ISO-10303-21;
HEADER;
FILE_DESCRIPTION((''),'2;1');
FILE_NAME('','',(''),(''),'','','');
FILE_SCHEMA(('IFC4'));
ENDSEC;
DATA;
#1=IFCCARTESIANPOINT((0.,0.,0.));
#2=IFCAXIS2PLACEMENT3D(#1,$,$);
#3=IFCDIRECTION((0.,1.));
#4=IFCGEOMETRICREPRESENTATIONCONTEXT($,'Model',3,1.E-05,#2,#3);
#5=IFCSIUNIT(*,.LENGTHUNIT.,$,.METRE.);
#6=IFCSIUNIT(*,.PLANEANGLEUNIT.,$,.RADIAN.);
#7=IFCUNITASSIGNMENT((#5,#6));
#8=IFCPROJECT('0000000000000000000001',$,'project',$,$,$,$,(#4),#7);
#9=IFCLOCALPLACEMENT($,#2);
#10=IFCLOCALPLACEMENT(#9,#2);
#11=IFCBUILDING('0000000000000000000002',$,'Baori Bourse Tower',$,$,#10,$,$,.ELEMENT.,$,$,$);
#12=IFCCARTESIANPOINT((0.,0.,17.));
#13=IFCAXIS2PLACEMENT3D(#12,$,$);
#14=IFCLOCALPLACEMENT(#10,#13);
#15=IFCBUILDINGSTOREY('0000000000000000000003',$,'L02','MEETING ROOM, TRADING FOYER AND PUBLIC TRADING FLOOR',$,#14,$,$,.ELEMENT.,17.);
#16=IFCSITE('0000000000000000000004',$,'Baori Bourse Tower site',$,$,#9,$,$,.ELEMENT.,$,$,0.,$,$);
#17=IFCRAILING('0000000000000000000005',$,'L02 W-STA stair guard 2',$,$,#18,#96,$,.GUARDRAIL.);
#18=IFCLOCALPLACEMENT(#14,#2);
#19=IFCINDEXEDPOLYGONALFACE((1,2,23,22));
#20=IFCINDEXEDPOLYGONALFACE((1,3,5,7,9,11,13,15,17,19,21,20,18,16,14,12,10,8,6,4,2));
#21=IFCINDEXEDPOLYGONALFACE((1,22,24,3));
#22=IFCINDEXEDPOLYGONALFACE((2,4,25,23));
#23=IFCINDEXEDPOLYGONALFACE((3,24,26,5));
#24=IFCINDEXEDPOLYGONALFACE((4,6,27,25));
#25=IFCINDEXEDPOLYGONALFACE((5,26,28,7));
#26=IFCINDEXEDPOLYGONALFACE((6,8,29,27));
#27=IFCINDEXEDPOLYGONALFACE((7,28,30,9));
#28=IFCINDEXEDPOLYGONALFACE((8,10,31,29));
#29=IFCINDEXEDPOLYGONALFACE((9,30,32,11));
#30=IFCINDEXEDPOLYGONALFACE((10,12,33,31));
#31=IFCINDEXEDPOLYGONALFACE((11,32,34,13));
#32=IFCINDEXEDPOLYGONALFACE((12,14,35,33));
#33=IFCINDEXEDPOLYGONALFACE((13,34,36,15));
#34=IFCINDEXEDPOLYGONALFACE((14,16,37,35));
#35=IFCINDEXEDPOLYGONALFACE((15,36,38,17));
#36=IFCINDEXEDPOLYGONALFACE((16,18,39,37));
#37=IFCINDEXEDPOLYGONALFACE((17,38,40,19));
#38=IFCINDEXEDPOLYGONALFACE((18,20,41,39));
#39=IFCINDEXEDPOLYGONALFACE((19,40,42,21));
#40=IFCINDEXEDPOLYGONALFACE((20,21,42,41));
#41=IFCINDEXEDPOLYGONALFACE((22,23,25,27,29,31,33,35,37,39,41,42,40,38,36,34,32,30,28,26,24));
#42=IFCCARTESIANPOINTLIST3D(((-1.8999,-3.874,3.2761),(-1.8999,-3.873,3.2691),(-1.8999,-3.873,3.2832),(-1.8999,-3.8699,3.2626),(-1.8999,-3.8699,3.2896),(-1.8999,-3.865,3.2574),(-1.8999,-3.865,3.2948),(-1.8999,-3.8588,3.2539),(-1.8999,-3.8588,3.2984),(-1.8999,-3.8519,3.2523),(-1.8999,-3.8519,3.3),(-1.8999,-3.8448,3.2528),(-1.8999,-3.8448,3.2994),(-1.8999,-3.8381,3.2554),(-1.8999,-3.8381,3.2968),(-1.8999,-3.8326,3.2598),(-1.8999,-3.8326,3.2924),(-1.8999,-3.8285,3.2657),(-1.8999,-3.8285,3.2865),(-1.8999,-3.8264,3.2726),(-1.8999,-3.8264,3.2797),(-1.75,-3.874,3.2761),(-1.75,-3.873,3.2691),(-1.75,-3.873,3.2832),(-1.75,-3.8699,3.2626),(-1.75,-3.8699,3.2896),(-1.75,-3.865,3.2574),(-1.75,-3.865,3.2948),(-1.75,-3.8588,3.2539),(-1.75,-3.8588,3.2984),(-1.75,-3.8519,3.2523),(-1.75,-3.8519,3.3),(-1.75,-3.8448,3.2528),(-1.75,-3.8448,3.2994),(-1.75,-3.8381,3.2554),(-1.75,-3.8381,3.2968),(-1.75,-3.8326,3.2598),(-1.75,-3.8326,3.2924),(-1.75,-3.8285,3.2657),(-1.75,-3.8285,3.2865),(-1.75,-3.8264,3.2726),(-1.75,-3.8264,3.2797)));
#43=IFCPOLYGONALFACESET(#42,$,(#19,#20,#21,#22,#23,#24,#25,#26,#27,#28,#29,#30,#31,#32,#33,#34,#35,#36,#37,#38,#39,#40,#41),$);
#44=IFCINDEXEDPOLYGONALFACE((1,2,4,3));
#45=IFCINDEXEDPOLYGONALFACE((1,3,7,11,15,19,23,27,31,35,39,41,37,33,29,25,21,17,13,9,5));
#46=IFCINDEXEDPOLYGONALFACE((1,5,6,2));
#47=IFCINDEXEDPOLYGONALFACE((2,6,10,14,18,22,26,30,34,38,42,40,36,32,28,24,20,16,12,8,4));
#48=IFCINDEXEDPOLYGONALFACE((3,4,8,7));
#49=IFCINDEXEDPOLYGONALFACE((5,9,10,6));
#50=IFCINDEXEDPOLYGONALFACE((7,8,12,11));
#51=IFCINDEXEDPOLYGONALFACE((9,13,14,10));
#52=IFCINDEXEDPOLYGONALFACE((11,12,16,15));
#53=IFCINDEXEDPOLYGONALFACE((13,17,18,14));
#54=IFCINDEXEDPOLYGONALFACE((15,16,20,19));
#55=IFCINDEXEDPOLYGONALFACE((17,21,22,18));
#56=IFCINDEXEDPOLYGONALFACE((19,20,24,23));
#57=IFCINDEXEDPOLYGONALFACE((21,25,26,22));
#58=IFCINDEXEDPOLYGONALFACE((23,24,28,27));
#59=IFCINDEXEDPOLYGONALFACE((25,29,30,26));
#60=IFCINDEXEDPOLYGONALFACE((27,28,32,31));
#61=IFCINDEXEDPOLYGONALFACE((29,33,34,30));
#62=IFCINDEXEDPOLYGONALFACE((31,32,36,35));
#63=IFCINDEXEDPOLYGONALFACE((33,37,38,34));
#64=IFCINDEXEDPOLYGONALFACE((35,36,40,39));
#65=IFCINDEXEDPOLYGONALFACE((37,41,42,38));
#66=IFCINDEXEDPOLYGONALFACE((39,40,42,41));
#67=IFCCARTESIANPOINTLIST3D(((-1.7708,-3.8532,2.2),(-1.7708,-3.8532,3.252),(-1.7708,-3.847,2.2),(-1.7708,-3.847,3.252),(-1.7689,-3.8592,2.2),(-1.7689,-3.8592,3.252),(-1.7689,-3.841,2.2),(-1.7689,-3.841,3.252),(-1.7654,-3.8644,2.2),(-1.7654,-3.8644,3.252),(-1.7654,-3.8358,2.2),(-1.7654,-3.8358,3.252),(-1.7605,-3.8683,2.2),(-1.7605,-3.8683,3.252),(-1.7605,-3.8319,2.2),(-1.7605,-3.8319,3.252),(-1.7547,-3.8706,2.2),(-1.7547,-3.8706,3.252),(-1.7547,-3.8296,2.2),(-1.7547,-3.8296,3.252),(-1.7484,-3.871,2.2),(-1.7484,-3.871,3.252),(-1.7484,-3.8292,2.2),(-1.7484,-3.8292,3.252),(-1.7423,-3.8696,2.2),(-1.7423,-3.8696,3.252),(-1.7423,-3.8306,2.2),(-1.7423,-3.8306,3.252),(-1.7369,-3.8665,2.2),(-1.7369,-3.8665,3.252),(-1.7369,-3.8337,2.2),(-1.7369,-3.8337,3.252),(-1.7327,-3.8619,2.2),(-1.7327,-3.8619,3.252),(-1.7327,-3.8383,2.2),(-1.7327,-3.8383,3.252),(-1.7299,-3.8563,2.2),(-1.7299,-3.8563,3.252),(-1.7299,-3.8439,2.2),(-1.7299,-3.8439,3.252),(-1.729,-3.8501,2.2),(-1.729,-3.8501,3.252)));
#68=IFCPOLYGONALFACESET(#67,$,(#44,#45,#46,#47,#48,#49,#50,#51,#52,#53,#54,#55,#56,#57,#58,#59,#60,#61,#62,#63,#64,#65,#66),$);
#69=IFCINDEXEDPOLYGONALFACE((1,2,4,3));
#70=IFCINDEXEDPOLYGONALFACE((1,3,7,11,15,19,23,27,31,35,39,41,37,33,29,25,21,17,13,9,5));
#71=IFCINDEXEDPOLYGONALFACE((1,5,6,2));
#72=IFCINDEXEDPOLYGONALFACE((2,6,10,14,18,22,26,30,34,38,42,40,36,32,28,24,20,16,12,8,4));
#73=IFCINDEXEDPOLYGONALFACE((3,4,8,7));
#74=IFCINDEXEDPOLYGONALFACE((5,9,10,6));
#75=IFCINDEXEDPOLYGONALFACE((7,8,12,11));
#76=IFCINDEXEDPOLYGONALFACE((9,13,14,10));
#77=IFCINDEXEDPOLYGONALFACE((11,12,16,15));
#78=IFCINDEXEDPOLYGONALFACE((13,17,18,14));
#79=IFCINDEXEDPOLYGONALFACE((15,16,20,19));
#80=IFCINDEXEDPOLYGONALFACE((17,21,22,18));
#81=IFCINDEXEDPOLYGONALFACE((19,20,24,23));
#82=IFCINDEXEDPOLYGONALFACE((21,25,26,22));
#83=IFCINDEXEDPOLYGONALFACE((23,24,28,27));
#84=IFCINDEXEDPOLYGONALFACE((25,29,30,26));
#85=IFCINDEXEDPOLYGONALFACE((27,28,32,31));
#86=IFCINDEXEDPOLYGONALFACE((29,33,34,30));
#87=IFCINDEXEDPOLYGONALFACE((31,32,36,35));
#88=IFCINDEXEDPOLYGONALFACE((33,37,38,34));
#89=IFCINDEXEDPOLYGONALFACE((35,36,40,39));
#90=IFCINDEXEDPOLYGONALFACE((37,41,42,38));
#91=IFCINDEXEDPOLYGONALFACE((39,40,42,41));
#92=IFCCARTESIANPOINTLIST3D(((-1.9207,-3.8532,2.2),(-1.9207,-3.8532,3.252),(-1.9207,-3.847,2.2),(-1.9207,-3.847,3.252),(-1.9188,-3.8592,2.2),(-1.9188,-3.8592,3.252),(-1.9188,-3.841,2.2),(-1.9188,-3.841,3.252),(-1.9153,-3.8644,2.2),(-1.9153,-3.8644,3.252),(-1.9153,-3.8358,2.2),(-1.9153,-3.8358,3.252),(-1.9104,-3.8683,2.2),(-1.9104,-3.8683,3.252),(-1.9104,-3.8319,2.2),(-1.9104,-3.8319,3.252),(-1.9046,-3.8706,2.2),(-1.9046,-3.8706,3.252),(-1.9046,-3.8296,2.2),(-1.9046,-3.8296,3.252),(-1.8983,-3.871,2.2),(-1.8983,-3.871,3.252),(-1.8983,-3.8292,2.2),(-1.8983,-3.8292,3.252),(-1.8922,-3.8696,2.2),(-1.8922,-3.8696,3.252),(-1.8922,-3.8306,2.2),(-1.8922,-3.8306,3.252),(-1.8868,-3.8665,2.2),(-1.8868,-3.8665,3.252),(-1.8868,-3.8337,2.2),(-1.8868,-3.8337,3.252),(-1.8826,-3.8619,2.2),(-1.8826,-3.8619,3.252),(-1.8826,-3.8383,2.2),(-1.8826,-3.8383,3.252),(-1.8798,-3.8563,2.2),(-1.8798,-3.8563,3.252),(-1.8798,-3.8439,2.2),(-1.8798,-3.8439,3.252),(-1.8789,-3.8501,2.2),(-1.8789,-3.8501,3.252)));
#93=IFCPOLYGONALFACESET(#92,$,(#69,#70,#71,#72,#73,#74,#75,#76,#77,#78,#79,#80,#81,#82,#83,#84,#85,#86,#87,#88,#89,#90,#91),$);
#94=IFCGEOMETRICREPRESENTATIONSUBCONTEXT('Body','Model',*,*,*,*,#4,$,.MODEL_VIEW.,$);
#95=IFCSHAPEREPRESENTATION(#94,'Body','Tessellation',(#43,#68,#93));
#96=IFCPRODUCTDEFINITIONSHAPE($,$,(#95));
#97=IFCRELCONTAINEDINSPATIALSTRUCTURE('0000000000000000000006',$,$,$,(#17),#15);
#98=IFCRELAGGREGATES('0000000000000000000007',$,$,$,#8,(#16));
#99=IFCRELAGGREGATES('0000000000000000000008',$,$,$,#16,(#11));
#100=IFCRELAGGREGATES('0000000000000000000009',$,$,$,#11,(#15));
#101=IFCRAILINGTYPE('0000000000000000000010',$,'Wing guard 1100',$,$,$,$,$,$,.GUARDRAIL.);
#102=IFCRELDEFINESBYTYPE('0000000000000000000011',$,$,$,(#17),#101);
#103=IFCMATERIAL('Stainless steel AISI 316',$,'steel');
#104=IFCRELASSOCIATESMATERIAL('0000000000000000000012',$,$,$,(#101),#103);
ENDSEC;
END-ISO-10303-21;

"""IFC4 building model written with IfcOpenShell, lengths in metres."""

from ifc_helpers import new_model, si_unit, direction, frame, origin, origin_2d, place, context, subcontext, project, spatial, circle, extrude, material, type_object, element, save


model = new_model("IFC4")

# Units and contexts
model_context = context("Model", 3, precision=1e-05, world=origin(), true_north=direction((0.0, 1.0)))
body_context = subcontext(model_context, "Body", "Model", "MODEL_VIEW")
ifc_project = project(units=[si_unit("LENGTHUNIT", "METRE"), si_unit("PLANEANGLEUNIT", "RADIAN")], contexts=[model_context])

# Site, building, storey
site_placement = place(None, origin())
site = spatial("IfcSite", under=ifc_project, at=site_placement, Name="Baori Bourse Tower site", CompositionType="ELEMENT", RefElevation=0.0)
building_placement = place(site_placement, origin())
building = spatial("IfcBuilding", under=site, at=building_placement, Name="Baori Bourse Tower", CompositionType="ELEMENT")
storey_placement = place(building_placement, frame((0.0, 0.0, 17.0)))
storey = spatial("IfcBuildingStorey", under=building, at=storey_placement, Name="L02", Description="MEETING ROOM, TRADING FOYER AND PUBLIC TRADING FLOOR", CompositionType="ELEMENT", Elevation=17.0)

# Railing
ifc_material_1 = material(Name="Stainless steel AISI 316", Category="steel")
railing_type_1 = type_object("IfcRailingType", Name="Wing guard 1100", PredefinedType="GUARDRAIL", material=ifc_material_1)
railing_1_placement = place(storey_placement, frame((-1.75, -3.8501, 2.2)))
element("IfcRailing", 1, at=railing_1_placement, inside=storey, type_object=railing_type_1, Name="L02 W-STA stair guard 2", PredefinedType="GUARDRAIL", context=body_context, shape_type="SweptSolid", body=[
    extrude(circle(Radius=0.0239, at=origin_2d()), frame((0.0, 0.0, 1.0762), z_axis=(-1.0, 0.0, 0.0), x_axis=(0.0, -1.0, 0.0)), (0.0, 0.0, 1.0), 0.1499),
    extrude(circle(Radius=0.021, at=origin_2d()), origin(), (0.0, 0.0, 1.0), 1.052),
    extrude(circle(Radius=0.021, at=origin_2d()), frame((-0.1499, 0.0, 0.0)), (0.0, 0.0, 1.0), 1.052),
])

save(model, "model.ifc")
